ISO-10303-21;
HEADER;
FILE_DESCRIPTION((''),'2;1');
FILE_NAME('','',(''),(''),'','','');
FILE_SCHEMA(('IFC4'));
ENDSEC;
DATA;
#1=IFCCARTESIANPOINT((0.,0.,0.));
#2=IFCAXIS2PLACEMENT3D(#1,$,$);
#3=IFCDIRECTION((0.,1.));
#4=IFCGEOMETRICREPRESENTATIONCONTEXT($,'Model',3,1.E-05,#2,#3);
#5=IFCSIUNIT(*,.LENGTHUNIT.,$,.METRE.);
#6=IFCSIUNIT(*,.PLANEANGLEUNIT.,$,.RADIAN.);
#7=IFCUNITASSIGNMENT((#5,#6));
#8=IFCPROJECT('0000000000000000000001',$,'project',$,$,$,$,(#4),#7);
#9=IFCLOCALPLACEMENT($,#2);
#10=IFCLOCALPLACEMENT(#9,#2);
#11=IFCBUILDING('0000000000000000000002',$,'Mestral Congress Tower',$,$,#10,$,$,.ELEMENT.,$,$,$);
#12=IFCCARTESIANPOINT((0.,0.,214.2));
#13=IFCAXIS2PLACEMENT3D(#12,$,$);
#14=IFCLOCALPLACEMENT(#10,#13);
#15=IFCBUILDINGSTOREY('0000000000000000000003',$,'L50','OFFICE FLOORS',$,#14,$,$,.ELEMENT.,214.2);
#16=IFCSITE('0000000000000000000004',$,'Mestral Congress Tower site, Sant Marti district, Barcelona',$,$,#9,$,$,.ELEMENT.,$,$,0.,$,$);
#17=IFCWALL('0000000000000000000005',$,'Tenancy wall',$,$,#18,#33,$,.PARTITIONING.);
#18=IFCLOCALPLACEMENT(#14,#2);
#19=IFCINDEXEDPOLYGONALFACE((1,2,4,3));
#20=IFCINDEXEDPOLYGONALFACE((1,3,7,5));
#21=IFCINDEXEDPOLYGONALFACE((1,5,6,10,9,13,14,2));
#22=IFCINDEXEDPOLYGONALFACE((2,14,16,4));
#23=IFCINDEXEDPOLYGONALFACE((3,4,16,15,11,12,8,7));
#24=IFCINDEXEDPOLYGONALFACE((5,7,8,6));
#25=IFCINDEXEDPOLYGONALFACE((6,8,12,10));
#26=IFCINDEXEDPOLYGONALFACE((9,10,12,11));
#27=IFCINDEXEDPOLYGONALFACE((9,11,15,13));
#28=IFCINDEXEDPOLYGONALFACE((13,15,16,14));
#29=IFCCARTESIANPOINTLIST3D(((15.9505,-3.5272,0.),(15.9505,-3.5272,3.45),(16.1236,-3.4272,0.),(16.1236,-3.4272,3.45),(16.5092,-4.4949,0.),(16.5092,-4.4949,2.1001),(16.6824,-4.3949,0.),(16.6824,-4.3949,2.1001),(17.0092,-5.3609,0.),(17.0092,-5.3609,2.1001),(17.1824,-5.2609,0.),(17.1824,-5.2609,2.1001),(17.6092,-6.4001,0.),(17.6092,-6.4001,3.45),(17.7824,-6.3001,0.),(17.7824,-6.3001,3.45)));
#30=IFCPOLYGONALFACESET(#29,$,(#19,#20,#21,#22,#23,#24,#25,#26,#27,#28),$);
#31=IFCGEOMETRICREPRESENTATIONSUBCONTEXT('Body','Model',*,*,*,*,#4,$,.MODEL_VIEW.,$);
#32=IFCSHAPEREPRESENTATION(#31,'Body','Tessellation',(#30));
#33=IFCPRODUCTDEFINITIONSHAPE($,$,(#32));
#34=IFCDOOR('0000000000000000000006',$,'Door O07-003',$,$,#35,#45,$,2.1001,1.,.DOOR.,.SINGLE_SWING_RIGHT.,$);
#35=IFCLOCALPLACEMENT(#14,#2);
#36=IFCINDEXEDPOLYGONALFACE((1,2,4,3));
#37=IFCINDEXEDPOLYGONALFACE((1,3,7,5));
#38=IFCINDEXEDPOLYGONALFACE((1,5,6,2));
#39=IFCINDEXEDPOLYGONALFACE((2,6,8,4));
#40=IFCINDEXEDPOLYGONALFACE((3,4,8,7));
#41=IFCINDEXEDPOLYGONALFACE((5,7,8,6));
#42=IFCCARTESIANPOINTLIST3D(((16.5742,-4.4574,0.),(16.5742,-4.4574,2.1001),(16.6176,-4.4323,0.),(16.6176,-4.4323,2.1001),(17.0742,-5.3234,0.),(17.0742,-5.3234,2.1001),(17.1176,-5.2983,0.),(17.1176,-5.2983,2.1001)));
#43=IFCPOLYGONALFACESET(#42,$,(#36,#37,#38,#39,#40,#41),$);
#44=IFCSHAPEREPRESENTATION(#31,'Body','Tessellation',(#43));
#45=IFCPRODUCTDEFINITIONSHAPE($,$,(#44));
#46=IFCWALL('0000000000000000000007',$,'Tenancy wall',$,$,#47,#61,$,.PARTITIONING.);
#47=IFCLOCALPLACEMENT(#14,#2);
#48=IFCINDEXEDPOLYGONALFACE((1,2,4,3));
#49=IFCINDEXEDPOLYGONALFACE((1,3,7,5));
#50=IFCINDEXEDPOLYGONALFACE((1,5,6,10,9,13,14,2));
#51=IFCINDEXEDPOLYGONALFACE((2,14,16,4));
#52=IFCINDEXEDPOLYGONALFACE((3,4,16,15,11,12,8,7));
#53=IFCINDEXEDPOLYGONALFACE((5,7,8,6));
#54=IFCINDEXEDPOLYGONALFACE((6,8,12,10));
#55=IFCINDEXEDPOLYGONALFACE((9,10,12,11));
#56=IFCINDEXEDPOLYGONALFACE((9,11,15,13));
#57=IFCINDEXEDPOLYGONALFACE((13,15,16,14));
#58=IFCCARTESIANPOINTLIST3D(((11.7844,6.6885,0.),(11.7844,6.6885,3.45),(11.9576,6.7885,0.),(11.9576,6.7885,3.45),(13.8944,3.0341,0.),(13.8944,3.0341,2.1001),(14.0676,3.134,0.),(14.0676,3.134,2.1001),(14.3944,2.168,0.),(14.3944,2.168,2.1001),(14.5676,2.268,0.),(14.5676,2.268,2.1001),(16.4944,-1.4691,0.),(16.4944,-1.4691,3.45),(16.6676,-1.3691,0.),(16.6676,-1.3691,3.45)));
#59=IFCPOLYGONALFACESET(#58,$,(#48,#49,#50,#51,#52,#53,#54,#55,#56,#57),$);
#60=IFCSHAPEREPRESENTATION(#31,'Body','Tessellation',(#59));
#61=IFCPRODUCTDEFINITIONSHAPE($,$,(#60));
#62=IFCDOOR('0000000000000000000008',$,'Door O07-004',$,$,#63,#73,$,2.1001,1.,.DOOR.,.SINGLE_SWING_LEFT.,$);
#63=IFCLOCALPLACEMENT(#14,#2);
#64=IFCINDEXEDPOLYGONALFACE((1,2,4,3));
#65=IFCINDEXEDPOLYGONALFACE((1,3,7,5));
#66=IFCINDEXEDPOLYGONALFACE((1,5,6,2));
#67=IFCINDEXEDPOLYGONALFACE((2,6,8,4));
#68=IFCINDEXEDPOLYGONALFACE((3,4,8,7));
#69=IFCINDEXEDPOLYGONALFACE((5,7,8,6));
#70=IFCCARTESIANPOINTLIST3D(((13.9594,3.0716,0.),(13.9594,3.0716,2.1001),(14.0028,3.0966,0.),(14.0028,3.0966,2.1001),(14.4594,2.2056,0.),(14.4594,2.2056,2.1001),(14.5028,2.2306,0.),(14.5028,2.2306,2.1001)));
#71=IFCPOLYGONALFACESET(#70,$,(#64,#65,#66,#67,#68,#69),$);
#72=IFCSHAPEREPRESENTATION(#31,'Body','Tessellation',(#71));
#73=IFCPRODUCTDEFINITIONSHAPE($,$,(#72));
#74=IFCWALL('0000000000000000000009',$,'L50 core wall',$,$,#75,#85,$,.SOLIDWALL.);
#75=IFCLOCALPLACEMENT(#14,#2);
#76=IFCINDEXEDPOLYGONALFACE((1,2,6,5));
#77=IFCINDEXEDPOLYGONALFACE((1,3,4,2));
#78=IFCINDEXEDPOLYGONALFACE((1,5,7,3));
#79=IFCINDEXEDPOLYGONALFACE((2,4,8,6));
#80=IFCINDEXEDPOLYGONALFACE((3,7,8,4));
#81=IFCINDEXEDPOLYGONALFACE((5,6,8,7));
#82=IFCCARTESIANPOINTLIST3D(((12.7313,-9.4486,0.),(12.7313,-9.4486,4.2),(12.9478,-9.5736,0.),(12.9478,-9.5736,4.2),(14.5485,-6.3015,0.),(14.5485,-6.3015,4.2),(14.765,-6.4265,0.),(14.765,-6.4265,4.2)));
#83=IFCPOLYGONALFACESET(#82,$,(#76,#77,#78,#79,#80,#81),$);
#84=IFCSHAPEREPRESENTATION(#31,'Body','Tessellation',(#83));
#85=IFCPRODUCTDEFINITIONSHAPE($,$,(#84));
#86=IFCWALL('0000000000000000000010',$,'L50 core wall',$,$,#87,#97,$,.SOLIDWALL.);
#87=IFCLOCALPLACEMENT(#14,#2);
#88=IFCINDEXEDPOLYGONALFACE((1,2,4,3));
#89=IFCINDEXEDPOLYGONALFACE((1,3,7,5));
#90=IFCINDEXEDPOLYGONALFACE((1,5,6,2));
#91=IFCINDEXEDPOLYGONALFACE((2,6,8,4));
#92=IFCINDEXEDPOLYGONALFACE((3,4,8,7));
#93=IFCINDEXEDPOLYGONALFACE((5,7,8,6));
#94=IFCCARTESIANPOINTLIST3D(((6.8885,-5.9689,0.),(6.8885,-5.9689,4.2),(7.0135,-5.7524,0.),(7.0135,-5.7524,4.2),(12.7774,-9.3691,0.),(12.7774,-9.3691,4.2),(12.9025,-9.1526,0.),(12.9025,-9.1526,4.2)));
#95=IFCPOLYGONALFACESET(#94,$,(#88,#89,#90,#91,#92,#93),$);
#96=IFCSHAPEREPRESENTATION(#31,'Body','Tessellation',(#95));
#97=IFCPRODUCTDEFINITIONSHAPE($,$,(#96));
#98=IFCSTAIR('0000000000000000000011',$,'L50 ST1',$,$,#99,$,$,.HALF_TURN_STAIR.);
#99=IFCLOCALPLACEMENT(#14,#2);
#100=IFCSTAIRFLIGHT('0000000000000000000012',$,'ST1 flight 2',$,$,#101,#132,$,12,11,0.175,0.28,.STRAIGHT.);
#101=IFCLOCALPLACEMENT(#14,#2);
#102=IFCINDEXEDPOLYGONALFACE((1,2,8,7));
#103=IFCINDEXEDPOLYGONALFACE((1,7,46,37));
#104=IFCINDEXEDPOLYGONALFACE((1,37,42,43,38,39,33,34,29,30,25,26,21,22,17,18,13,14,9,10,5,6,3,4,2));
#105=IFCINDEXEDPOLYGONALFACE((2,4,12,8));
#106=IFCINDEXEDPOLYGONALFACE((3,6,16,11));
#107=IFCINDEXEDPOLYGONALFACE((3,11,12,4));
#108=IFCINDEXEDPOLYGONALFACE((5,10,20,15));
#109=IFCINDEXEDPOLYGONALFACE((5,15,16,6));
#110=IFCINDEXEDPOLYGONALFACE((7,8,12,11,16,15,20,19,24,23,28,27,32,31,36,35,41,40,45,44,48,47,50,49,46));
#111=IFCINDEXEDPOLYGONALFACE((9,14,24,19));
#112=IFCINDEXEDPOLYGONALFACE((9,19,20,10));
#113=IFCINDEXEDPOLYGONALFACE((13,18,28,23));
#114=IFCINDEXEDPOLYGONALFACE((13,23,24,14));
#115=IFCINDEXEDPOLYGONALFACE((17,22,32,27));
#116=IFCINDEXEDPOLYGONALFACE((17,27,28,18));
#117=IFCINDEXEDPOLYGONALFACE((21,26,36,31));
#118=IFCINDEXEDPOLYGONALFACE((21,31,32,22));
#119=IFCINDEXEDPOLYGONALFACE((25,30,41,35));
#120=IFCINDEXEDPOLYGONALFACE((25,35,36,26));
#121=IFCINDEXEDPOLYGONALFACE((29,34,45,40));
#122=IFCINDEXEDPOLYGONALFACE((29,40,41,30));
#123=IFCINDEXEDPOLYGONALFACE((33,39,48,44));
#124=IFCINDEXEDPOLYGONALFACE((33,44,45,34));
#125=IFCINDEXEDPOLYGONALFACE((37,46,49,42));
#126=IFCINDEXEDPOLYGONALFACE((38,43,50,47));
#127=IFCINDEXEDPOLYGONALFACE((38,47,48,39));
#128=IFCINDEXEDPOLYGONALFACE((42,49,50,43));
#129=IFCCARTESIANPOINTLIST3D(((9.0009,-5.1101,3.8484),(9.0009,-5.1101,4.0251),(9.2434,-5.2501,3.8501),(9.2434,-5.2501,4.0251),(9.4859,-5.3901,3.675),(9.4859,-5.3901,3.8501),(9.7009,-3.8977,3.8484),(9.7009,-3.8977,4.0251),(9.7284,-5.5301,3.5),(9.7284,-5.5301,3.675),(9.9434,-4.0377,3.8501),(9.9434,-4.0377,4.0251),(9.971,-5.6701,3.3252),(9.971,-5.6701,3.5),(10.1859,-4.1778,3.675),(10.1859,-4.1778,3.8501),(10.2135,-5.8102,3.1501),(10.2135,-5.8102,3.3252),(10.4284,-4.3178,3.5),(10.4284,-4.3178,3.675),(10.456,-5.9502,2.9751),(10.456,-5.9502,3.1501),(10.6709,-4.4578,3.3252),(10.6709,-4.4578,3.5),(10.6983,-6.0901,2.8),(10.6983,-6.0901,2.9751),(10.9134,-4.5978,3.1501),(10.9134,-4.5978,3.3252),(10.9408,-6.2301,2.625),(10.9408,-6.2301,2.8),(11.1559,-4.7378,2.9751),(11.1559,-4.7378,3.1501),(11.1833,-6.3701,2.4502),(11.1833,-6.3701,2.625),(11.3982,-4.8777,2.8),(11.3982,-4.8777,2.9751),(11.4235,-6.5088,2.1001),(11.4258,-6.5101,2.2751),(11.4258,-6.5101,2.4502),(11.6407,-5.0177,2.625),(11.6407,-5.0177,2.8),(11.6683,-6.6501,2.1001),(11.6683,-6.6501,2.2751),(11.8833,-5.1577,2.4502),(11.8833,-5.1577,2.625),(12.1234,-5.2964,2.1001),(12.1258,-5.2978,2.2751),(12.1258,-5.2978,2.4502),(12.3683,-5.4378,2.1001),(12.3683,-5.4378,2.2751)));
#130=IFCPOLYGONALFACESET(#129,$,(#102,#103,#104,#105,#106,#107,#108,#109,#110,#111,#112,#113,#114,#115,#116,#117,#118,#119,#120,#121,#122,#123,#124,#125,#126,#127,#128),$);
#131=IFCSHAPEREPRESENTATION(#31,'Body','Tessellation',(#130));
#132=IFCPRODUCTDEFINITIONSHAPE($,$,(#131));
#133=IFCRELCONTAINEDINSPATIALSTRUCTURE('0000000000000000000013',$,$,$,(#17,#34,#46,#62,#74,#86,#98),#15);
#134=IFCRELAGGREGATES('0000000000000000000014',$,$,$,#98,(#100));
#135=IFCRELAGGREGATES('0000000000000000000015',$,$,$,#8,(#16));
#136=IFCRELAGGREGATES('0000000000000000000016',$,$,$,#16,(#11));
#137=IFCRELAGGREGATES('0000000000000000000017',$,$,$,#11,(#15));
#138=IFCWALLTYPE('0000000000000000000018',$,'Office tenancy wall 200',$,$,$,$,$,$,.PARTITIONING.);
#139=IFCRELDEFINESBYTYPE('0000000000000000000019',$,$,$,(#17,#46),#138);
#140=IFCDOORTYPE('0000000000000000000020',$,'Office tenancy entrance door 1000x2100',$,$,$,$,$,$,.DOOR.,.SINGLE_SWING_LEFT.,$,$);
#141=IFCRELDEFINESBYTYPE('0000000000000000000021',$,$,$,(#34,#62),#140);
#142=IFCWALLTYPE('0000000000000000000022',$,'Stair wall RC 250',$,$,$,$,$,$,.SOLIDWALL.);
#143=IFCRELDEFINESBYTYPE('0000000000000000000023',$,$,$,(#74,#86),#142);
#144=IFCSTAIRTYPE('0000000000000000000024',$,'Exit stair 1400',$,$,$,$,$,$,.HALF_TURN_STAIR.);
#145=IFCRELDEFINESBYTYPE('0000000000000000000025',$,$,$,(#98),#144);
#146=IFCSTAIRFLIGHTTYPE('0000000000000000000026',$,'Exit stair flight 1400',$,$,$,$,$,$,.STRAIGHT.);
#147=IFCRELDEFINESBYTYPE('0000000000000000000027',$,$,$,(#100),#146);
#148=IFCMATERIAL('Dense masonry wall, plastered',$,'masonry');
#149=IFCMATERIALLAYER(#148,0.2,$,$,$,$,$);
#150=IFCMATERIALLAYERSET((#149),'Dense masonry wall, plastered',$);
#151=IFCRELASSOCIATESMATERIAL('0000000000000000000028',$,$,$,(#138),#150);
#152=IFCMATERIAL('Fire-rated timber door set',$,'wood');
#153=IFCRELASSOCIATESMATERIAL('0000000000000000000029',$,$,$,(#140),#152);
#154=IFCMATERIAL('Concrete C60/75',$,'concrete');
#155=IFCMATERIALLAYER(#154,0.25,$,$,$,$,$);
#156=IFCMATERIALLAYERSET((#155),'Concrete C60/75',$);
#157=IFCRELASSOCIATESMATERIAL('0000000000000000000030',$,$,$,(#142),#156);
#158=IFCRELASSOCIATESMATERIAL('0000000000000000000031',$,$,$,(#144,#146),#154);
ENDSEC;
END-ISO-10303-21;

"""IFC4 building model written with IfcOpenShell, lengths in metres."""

from ifc_helpers import new_model, si_unit, direction, frame, frame_2d, origin, place, context, subcontext, project, spatial, polyline, rectangle, outline, extrude, material, layer, layer_set, type_object, element, fill, aggregate, save


model = new_model("IFC4")

# Units and contexts
model_context = context("Model", 3, precision=1e-05, world=origin(), true_north=direction((0.0, 1.0)))
body_context = subcontext(model_context, "Body", "Model", "MODEL_VIEW")
ifc_project = project(units=[si_unit("LENGTHUNIT", "METRE"), si_unit("PLANEANGLEUNIT", "RADIAN")], contexts=[model_context])

# Site, building, storey
site_placement = place(None, origin())
site = spatial("IfcSite", under=ifc_project, at=site_placement, Name="Mestral Congress Tower site, Sant Marti district, Barcelona", CompositionType="ELEMENT", RefElevation=0.0)
building_placement = place(site_placement, origin())
building = spatial("IfcBuilding", under=site, at=building_placement, Name="Mestral Congress Tower", CompositionType="ELEMENT")
storey_placement = place(building_placement, frame((0.0, 0.0, 214.2)))
storey = spatial("IfcBuildingStorey", under=building, at=storey_placement, Name="L50", Description="OFFICE FLOORS", CompositionType="ELEMENT", Elevation=214.2)

# Shared definitions
ifc_material_1 = material(Name="Concrete C60/75", Category="concrete")

# Shared definitions
ifc_material_2 = material(Name="Dense masonry wall, plastered", Category="masonry")
ifc_layer_1 = layer(ifc_material_2, 0.2)
ifc_layer_set_1 = layer_set([ifc_layer_1], Name="Dense masonry wall, plastered")
wall_type_1 = type_object("IfcWallType", Name="Office tenancy wall 200", PredefinedType="PARTITIONING", material=ifc_layer_set_1)

# Walls, openings, doors
wall_1_placement = place(storey_placement, frame((17.6958, -6.3501, 0.0), z_axis=(0.0, 0.0, 1.0), x_axis=(-0.500018, 0.866015, 0.0)))
wall_1 = element("IfcWall", 1, at=wall_1_placement, inside=storey, type_object=wall_type_1, Name="Tenancy wall", PredefinedType="PARTITIONING", context=body_context, shape_type="SweptSolid", body=[
    extrude(rectangle(XDim=3.3174, YDim=0.2, at=frame_2d((1.6587, 0.0))), origin(), (0.0, 0.0, 1.0), 3.45),
])
opening_1_placement = place(wall_1_placement, frame((1.2, 0.0, 0.0)))
opening_1 = element("IfcOpeningElement", 2, at=opening_1_placement, cuts=wall_1, PredefinedType="OPENING", context=body_context, shape_type="SweptSolid", body=[
    extrude(rectangle(XDim=1.0, YDim=2.1001, at=frame_2d((0.5, 1.05))), frame((0.0, 0.1099, 0.0), z_axis=(0.0, -1.0, 0.0), x_axis=(1.0, 0.0, 0.0)), (0.0, 0.0, 1.0), 0.22),
])
ifc_material_3 = material(Name="Fire-rated timber door set", Category="wood")
door_type = type_object("IfcDoorType", Name="Office tenancy entrance door 1000x2100", OperationType="SINGLE_SWING_LEFT", PredefinedType="DOOR", material=ifc_material_3)
door_1_placement = place(opening_1_placement, origin())
door_1 = element("IfcDoor", 3, at=door_1_placement, inside=storey, type_object=door_type, Name="Door O07-003", OperationType="SINGLE_SWING_RIGHT", OverallHeight=2.1001, OverallWidth=1.0, PredefinedType="DOOR", context=body_context, shape_type="SweptSolid", body=[
    extrude(rectangle(XDim=1.0, YDim=2.1001, at=frame_2d((0.5, 1.05))), frame((0.0, 0.0249, 0.0), z_axis=(0.0, -1.0, 0.0), x_axis=(1.0, 0.0, 0.0)), (0.0, 0.0, 1.0), 0.05),
])
fill(opening_1, door_1)
wall_2_placement = place(storey_placement, frame((16.5811, -1.4192, 0.0), z_axis=(0.0, 0.0, 1.0), x_axis=(-0.500019, 0.866014, 0.0)))
wall_2 = element("IfcWall", 4, at=wall_2_placement, inside=storey, type_object=wall_type_1, Name="Tenancy wall", PredefinedType="PARTITIONING", context=body_context, shape_type="SweptSolid", body=[
    extrude(rectangle(XDim=9.4197, YDim=0.2, at=frame_2d((4.71, 0.0))), origin(), (0.0, 0.0, 1.0), 3.45),
])
opening_2_placement = place(wall_2_placement, frame((4.2, 0.0, 0.0)))
opening_2 = element("IfcOpeningElement", 5, at=opening_2_placement, cuts=wall_2, PredefinedType="OPENING", context=body_context, shape_type="SweptSolid", body=[
    extrude(rectangle(XDim=1.0, YDim=2.1001, at=frame_2d((0.5, 1.05))), frame((0.0, 0.1099, 0.0), z_axis=(0.0, -1.0, 0.0), x_axis=(1.0, 0.0, 0.0)), (0.0, 0.0, 1.0), 0.22),
])
door_2_placement = place(opening_2_placement, origin())
door_2 = element("IfcDoor", 6, at=door_2_placement, inside=storey, type_object=door_type, Name="Door O07-004", OperationType="SINGLE_SWING_LEFT", OverallHeight=2.1001, OverallWidth=1.0, PredefinedType="DOOR", context=body_context, shape_type="SweptSolid", body=[
    extrude(rectangle(XDim=1.0, YDim=2.1001, at=frame_2d((0.5, 1.05))), frame((0.0, 0.0249, 0.0), z_axis=(0.0, -1.0, 0.0), x_axis=(1.0, 0.0, 0.0)), (0.0, 0.0, 1.0), 0.05),
])
fill(opening_2, door_2)

# Walls
ifc_layer_2 = layer(ifc_material_1, 0.25)
ifc_layer_set_2 = layer_set([ifc_layer_2], Name="Concrete C60/75")
wall_type_2 = type_object("IfcWallType", Name="Stair wall RC 250", PredefinedType="SOLIDWALL", material=ifc_layer_set_2)
wall_3_placement = place(storey_placement, frame((12.8396, -9.511, 0.0), z_axis=(0.0, 0.0, 1.0), x_axis=(0.500048, 0.865998, 0.0)))
element("IfcWall", 7, at=wall_3_placement, inside=storey, type_object=wall_type_2, Name="L50 core wall", PredefinedType="SOLIDWALL", context=body_context, shape_type="SweptSolid", body=[
    extrude(rectangle(XDim=3.634, YDim=0.25, at=frame_2d((1.8169, 0.0))), origin(), (0.0, 0.0, 1.0), 4.2),
])
wall_4_placement = place(storey_placement, frame((12.8398, -9.2607, 0.0), z_axis=(0.0, 0.0, 1.0), x_axis=(-0.866014, 0.50002, 0.0)))
element("IfcWall", 8, at=wall_4_placement, inside=storey, type_object=wall_type_2, Name="L50 core wall", PredefinedType="SOLIDWALL", context=body_context, shape_type="SweptSolid", body=[
    extrude(rectangle(XDim=6.8, YDim=0.25, at=frame_2d((3.3999, 0.0))), origin(), (0.0, 0.0, 1.0), 4.2),
])

# Stair, stair flight
stair_type = type_object("IfcStairType", Name="Exit stair 1400", PredefinedType="HALF_TURN_STAIR", material=ifc_material_1)
stair_placement = place(storey_placement, origin())
stair = element("IfcStair", 9, at=stair_placement, inside=storey, type_object=stair_type, Name="L50 ST1", PredefinedType="HALF_TURN_STAIR")
stair_flight_type = type_object("IfcStairFlightType", Name="Exit stair flight 1400", PredefinedType="STRAIGHT", material=ifc_material_1)
stair_flight_placement = place(storey_placement, frame((12.0183, -6.0439, 2.1001), z_axis=(0.0, 0.0, 1.0), x_axis=(-0.866025, 0.5, 0.0)))
stair_flight = element("IfcStairFlight", 10, at=stair_flight_placement, type_object=stair_flight_type, Name="ST1 flight 2", NumberOfRisers=12, NumberOfTreads=11, PredefinedType="STRAIGHT", RiserHeight=0.175, TreadLength=0.28, context=body_context, shape_type="SweptSolid", body=[
    extrude(outline(polyline([(0.0, 0.0), (0.0, 0.175), (0.28, 0.175), (0.28, 0.3501), (0.5601, 0.3501), (0.5601, 0.5249), (0.8401, 0.5249), (0.8401, 0.7), (1.1201, 0.7), (1.1201, 0.875), (1.3999, 0.875), (1.3999, 1.05), (1.6799, 1.05), (1.6799, 1.2251), (1.96, 1.2251), (1.96, 1.3999), (2.24, 1.3999), (2.24, 1.575), (2.52, 1.575), (2.52, 1.75), (2.8, 1.75), (2.8, 1.925), (3.0801, 1.925), (3.0801, 2.1001), (3.0801, 1.7483), (0.2827, 0.0), (0.0, 0.0)])), frame((0.0, 0.7, 0.0), z_axis=(0.0, -1.0, 0.0), x_axis=(1.0, 0.0, 0.0)), (0.0, 0.0, 1.0), 1.3999),
])
aggregate(stair, [stair_flight])

save(model, "model.ifc")
